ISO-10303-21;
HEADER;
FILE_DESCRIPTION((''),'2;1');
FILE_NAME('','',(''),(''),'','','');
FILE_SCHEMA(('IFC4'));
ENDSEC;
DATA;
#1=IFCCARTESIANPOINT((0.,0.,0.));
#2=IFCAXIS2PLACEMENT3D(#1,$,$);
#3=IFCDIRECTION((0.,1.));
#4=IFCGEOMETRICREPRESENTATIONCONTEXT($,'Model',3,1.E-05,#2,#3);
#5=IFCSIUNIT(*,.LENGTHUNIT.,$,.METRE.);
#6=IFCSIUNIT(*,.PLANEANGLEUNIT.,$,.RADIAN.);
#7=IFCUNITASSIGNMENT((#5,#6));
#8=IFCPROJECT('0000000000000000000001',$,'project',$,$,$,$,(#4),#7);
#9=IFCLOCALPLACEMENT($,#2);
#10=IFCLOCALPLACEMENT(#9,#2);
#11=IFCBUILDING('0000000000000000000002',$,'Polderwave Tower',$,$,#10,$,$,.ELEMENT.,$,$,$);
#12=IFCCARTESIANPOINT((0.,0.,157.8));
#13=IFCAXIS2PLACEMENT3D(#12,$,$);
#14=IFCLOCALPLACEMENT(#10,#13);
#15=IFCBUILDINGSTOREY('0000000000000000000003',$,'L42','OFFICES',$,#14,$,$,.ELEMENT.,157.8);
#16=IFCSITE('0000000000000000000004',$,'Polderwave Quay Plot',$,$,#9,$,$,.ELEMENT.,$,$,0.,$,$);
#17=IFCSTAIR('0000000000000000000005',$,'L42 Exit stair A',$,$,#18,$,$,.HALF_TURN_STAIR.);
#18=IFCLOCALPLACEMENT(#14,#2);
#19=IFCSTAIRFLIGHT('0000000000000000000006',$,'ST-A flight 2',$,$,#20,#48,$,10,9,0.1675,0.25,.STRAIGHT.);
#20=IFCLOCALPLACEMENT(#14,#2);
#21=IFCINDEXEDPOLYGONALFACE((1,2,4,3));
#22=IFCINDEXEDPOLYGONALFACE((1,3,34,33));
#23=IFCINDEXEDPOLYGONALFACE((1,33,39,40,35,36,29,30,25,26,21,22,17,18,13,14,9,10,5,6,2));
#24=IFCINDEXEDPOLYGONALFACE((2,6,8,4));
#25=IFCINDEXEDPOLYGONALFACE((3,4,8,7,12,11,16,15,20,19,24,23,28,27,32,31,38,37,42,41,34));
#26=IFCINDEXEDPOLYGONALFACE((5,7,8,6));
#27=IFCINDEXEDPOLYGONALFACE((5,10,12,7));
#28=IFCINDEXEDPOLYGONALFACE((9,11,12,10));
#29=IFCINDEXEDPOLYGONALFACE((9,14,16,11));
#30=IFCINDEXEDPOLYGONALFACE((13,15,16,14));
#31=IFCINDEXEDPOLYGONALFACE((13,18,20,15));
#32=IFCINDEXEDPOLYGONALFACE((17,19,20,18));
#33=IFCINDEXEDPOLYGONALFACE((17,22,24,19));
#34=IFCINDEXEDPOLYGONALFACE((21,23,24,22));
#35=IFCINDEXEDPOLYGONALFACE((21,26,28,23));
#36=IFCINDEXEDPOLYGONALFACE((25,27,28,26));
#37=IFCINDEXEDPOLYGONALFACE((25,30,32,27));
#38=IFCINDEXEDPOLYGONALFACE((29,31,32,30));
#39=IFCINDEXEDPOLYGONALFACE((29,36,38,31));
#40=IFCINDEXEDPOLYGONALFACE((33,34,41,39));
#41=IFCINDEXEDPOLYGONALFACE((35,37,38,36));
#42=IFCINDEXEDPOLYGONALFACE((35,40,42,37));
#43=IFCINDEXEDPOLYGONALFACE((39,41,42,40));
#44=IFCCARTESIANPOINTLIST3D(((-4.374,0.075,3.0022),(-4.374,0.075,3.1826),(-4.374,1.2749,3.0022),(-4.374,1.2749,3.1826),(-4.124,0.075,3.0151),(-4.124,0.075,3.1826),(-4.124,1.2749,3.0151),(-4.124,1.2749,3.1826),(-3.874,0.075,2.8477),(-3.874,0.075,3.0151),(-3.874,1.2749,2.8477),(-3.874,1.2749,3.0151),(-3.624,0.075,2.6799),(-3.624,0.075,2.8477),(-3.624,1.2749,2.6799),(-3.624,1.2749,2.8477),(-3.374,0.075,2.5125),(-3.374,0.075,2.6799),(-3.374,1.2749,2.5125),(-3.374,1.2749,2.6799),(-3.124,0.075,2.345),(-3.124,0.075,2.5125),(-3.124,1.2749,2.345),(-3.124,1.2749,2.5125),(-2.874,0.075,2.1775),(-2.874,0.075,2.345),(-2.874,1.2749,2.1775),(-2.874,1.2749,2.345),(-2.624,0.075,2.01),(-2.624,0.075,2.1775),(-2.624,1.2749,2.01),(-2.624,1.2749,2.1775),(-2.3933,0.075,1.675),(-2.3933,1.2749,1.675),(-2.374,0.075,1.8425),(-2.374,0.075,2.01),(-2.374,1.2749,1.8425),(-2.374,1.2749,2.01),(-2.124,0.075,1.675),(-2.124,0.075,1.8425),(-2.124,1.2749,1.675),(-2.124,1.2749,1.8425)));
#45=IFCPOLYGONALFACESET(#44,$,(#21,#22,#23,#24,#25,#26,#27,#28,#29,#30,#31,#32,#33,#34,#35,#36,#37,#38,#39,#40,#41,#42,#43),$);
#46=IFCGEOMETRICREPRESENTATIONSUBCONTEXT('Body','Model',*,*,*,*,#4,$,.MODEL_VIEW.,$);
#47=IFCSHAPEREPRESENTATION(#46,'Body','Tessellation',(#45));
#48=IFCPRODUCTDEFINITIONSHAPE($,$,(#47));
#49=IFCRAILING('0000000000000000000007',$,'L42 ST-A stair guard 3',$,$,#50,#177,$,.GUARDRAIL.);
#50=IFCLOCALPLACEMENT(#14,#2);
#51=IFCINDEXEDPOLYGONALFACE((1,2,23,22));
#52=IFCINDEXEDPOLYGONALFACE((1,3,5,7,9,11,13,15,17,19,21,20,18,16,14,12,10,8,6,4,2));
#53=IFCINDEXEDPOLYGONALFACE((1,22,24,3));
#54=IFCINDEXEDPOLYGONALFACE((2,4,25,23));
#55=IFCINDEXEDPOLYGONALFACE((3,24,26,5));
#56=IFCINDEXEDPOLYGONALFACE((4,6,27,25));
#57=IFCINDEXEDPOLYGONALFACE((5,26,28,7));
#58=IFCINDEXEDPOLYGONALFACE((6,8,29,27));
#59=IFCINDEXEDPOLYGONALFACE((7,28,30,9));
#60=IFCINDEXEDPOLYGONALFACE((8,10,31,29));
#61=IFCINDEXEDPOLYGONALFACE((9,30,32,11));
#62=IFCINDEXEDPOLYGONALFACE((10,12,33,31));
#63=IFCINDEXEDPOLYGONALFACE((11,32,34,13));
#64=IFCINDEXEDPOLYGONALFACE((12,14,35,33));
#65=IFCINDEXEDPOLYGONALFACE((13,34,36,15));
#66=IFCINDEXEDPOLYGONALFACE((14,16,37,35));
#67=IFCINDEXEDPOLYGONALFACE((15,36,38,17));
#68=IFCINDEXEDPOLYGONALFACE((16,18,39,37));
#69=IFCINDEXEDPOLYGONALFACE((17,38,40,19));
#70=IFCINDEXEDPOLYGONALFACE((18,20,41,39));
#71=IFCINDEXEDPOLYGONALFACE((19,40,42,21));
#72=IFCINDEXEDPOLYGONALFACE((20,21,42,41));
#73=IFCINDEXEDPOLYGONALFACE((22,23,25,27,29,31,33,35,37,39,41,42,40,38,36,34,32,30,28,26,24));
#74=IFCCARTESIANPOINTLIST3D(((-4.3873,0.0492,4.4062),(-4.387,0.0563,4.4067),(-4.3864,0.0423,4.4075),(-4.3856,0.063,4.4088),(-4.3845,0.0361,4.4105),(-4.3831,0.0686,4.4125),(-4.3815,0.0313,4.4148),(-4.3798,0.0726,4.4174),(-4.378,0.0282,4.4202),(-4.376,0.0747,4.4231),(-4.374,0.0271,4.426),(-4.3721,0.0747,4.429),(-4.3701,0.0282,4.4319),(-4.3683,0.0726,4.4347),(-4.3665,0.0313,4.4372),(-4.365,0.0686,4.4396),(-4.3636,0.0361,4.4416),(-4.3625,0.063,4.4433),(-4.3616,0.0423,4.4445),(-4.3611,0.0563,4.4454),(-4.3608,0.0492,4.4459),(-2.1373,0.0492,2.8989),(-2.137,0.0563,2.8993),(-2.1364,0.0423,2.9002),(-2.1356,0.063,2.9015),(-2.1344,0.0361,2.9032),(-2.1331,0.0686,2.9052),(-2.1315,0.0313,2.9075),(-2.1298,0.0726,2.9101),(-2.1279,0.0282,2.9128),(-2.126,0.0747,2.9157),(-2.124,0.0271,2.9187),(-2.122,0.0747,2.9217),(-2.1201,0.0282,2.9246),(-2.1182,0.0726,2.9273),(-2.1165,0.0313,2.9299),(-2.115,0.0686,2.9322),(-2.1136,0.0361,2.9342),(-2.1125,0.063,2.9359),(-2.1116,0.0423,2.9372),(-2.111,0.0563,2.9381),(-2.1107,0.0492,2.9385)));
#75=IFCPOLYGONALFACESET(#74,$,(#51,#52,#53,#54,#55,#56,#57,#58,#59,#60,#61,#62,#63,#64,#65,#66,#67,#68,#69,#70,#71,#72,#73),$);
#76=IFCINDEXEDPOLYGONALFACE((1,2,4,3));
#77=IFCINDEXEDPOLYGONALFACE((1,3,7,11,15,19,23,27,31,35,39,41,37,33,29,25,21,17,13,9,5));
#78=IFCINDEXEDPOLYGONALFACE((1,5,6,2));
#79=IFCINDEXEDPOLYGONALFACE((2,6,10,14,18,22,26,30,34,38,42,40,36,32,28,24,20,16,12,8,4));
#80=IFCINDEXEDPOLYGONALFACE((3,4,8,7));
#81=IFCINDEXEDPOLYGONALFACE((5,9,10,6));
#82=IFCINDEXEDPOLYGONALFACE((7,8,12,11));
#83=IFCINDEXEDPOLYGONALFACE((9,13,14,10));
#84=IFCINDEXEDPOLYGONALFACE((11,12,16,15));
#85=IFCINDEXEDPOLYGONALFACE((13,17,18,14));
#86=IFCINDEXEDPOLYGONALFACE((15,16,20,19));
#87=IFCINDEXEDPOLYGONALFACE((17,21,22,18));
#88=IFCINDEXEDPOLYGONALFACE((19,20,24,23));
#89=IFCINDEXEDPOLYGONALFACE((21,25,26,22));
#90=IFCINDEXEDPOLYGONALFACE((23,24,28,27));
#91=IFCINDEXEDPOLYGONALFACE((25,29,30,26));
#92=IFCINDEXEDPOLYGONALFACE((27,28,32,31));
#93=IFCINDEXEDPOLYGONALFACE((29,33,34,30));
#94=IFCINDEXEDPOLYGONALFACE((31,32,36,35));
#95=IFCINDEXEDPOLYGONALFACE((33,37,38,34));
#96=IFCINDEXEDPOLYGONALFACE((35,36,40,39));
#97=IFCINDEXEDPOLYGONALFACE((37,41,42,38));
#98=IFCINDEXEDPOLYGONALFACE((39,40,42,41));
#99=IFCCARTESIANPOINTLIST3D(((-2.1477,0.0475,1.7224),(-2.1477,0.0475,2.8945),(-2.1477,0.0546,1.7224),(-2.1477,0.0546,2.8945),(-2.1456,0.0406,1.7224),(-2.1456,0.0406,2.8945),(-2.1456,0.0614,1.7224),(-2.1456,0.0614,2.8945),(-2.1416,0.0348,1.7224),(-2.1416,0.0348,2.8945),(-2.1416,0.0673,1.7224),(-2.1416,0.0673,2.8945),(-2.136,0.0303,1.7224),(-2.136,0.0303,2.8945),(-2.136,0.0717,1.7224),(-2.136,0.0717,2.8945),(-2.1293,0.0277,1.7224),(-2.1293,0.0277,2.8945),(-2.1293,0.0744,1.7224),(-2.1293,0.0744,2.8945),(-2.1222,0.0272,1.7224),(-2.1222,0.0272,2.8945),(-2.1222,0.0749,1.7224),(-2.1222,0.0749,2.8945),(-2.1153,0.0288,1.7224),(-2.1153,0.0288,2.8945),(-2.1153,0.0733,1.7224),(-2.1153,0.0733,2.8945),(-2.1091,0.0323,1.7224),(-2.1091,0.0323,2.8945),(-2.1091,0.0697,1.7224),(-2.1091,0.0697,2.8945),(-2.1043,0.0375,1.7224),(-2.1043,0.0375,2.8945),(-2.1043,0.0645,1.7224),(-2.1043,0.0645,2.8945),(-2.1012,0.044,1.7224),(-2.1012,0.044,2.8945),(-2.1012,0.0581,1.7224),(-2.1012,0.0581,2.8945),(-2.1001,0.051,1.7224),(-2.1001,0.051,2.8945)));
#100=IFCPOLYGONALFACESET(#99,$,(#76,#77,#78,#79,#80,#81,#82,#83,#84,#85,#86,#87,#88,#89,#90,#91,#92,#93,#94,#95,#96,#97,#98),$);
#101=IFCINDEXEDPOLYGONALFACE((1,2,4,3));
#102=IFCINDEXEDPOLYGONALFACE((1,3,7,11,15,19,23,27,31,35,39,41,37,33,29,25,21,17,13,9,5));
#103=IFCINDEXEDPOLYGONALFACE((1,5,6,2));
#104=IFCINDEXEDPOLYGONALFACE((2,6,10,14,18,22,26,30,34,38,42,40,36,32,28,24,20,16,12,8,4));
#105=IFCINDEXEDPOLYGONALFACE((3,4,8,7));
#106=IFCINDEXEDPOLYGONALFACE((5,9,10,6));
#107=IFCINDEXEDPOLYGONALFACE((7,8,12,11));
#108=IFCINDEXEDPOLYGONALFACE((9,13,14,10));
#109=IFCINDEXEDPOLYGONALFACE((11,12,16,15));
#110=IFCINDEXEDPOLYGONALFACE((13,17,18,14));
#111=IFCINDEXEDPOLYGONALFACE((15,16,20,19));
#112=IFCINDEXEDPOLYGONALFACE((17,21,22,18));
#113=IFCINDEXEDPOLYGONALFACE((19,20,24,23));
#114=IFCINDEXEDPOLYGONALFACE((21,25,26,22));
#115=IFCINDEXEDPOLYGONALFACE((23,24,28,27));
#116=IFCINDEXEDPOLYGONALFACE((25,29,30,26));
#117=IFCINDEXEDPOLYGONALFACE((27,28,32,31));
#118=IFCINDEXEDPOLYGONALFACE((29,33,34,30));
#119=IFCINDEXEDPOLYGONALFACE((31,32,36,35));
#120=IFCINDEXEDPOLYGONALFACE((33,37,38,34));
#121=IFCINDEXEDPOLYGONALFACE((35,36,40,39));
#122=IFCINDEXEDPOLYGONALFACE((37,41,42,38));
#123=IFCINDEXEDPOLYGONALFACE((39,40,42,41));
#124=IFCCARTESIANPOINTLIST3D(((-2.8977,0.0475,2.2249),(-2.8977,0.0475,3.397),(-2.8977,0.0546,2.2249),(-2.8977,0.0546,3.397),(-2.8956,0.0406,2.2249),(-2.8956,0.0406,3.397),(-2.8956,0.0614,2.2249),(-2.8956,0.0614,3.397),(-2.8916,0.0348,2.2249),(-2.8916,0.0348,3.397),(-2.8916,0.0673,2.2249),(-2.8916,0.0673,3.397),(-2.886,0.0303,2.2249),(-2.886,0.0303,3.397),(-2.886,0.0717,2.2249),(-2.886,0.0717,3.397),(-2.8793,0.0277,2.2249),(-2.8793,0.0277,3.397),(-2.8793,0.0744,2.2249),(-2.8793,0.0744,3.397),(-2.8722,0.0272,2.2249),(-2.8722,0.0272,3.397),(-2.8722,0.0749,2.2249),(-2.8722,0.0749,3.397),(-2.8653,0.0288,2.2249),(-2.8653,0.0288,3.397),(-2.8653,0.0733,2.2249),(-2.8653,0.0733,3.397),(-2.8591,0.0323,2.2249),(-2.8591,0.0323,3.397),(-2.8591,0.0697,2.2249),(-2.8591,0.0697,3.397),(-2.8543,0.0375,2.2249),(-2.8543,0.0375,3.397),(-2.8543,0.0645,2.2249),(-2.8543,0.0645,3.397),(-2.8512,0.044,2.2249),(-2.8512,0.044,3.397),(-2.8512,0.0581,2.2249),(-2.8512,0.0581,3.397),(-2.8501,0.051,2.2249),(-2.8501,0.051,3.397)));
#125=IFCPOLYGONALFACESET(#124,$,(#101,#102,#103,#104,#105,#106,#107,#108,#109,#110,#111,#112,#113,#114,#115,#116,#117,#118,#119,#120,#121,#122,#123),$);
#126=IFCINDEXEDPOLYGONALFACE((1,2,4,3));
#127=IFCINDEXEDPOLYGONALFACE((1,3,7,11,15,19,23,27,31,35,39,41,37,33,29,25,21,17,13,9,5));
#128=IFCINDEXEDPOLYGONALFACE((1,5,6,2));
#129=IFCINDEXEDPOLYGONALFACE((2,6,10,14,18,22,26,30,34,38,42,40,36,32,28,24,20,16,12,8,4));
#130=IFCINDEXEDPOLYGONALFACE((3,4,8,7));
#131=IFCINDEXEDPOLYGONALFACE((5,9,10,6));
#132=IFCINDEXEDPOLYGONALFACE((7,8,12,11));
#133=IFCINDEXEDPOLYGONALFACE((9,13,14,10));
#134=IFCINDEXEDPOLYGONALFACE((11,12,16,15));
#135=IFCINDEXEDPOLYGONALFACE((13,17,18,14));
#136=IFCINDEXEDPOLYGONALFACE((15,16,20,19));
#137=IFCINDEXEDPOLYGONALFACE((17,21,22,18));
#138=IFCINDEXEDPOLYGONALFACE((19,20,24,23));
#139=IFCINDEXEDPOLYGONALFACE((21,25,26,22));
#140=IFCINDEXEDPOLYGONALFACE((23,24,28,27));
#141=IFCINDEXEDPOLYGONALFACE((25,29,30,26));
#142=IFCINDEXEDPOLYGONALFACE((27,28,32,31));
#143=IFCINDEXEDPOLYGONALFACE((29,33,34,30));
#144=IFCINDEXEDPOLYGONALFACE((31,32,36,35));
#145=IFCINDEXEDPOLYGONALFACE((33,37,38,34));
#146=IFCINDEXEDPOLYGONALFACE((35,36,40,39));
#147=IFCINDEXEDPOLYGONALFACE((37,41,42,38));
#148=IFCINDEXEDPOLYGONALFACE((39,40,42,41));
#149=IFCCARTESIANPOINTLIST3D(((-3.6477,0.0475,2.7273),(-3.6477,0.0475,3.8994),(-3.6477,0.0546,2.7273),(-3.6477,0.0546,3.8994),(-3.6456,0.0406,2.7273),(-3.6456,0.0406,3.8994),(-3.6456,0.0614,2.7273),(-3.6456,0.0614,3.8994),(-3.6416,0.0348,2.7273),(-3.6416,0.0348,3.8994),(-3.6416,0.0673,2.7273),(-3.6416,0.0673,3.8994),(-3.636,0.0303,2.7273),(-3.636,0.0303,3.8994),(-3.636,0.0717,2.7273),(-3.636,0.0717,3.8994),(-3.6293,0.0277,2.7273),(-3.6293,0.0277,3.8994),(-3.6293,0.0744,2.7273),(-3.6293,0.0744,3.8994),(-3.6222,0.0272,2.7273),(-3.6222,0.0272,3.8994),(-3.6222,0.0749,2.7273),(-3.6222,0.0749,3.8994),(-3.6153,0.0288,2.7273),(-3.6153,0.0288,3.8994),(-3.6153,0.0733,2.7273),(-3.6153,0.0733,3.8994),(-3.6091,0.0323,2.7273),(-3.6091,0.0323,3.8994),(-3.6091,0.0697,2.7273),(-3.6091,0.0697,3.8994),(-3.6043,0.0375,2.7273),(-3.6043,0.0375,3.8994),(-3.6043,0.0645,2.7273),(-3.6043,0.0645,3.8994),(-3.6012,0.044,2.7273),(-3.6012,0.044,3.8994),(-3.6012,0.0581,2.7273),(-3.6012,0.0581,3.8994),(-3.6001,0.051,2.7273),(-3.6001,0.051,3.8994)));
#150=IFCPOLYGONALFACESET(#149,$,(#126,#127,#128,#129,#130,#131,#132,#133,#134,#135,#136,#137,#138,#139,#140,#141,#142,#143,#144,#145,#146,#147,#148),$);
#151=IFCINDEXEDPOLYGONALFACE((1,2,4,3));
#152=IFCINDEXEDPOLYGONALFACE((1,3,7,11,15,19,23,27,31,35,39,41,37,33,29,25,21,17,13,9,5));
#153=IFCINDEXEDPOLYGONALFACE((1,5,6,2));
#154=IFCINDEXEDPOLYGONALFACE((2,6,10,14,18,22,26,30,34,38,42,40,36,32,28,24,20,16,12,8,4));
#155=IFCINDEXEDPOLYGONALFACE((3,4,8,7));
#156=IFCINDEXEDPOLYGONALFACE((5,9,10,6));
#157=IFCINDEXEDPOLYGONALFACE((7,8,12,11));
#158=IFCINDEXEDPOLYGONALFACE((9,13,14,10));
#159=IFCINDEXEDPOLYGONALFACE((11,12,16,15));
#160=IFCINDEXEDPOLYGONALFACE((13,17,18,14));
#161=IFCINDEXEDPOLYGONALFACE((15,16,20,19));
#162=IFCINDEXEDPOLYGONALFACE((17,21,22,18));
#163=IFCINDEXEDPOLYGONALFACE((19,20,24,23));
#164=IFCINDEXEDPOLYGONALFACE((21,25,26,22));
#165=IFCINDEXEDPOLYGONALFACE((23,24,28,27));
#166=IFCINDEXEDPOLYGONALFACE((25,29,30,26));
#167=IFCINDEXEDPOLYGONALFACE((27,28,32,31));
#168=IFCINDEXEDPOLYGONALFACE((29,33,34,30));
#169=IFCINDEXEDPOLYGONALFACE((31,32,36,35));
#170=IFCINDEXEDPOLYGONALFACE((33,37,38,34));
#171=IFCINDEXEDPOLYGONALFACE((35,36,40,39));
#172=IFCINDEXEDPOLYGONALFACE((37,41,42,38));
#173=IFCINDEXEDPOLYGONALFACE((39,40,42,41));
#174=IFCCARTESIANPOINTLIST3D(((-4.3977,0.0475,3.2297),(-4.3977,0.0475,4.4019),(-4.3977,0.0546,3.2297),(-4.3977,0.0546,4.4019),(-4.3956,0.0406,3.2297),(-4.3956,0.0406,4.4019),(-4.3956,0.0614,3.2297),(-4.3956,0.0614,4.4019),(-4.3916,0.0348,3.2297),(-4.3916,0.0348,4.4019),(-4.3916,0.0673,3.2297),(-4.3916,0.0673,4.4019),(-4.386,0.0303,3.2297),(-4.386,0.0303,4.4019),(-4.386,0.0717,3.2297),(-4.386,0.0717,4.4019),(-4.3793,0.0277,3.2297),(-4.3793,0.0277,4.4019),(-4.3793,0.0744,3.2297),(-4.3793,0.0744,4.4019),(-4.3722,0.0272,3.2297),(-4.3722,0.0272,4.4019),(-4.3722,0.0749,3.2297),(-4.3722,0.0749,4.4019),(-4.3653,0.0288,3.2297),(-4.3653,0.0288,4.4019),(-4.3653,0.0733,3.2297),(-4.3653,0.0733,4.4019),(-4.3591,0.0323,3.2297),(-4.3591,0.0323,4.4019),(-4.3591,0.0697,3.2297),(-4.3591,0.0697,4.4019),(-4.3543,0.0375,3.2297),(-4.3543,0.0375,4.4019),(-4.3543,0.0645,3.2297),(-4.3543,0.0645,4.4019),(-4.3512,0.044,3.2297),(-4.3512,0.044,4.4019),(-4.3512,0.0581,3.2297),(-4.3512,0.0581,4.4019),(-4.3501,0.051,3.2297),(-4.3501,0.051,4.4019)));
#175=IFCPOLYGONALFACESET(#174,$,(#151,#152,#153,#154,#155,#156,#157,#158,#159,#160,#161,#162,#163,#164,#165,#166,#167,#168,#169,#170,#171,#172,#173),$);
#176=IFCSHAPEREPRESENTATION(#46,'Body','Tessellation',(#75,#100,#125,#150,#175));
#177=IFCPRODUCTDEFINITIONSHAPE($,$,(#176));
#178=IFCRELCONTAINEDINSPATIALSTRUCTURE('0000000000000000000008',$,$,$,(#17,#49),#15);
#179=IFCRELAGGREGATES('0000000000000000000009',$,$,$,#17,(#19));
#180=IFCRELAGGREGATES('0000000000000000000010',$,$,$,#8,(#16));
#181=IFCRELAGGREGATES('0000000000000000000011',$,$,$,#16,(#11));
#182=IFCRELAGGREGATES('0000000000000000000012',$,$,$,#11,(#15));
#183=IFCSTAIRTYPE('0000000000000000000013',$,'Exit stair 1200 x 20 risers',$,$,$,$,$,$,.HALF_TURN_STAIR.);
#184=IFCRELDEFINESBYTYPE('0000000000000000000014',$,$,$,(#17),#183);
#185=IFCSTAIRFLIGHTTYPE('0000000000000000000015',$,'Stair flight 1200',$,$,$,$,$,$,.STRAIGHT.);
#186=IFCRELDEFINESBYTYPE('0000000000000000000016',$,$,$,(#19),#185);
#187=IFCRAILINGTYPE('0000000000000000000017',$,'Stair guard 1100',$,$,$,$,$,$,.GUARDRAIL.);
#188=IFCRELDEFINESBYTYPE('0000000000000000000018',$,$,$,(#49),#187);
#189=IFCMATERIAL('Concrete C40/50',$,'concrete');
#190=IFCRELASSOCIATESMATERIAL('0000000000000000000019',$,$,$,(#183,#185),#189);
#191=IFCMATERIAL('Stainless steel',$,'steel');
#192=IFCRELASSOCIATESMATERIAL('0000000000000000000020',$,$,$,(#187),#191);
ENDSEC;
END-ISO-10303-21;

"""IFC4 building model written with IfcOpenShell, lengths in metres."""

from ifc_helpers import new_model, si_unit, direction, frame, origin, origin_2d, place, context, subcontext, project, spatial, polyline, circle, outline, extrude, material, type_object, element, aggregate, save


model = new_model("IFC4")

# Units and contexts
model_context = context("Model", 3, precision=1e-05, world=origin(), true_north=direction((0.0, 1.0)))
body_context = subcontext(model_context, "Body", "Model", "MODEL_VIEW")
ifc_project = project(units=[si_unit("LENGTHUNIT", "METRE"), si_unit("PLANEANGLEUNIT", "RADIAN")], contexts=[model_context])

# Site, building, storey
site_placement = place(None, origin())
site = spatial("IfcSite", under=ifc_project, at=site_placement, Name="Polderwave Quay Plot", CompositionType="ELEMENT", RefElevation=0.0)
building_placement = place(site_placement, origin())
building = spatial("IfcBuilding", under=site, at=building_placement, Name="Polderwave Tower", CompositionType="ELEMENT")
storey_placement = place(building_placement, frame((0.0, 0.0, 157.8)))
storey = spatial("IfcBuildingStorey", under=building, at=storey_placement, Name="L42", Description="OFFICES", CompositionType="ELEMENT", Elevation=157.8)

# Shared definitions
ifc_material_1 = material(Name="Concrete C40/50", Category="concrete")

# Stair
stair_type = type_object("IfcStairType", Name="Exit stair 1200 x 20 risers", PredefinedType="HALF_TURN_STAIR", material=ifc_material_1)
stair_1_placement = place(storey_placement, origin())
stair_1 = element("IfcStair", 1, at=stair_1_placement, inside=storey, type_object=stair_type, Name="L42 Exit stair A", PredefinedType="HALF_TURN_STAIR")

# Shared definitions
ifc_material_2 = material(Name="Stainless steel", Category="steel")

# Stair flight
stair_flight_type = type_object("IfcStairFlightType", Name="Stair flight 1200", PredefinedType="STRAIGHT", material=ifc_material_1)
stair_flight_placement = place(storey_placement, frame((-2.124, 0.675, 1.675), z_axis=(0.0, 0.0, 1.0), x_axis=(-1.0, 0.0, 0.0)))
stair_flight = element("IfcStairFlight", 2, at=stair_flight_placement, type_object=stair_flight_type, Name="ST-A flight 2", NumberOfRisers=10, NumberOfTreads=9, PredefinedType="STRAIGHT", RiserHeight=0.1675, TreadLength=0.25, context=body_context, shape_type="SweptSolid", body=[
    extrude(outline(polyline([(0.0, 0.0), (0.0, 0.1675), (0.25, 0.1675), (0.25, 0.335), (0.5, 0.335), (0.5, 0.5024), (0.75, 0.5024), (0.75, 0.6699), (1.0, 0.6699), (1.0, 0.8374), (1.25, 0.8374), (1.25, 1.0049), (1.5, 1.0049), (1.5, 1.1726), (1.75, 1.1726), (1.75, 1.3401), (2.0, 1.3401), (2.0, 1.5076), (2.25, 1.5076), (2.25, 1.675), (2.25, 1.3271), (0.2693, 0.0), (0.0, 0.0)])), frame((0.0, 0.6001, 0.0), z_axis=(0.0, -1.0, 0.0), x_axis=(1.0, 0.0, 0.0)), (0.0, 0.0, 1.0), 1.2),
])
aggregate(stair_1, [stair_flight])

# Railing
railing_type_1 = type_object("IfcRailingType", Name="Stair guard 1100", PredefinedType="GUARDRAIL", material=ifc_material_2)
railing_1_placement = place(storey_placement, frame((-2.124, 0.051, 1.7224)))
element("IfcRailing", 3, at=railing_1_placement, inside=storey, type_object=railing_type_1, Name="L42 ST-A stair guard 3", PredefinedType="GUARDRAIL", context=body_context, shape_type="SweptSolid", body=[
    extrude(circle(Radius=0.0239, at=origin_2d()), frame((0.0, 0.0, 1.1963), z_axis=(-0.8308, 0.0, 0.556571), x_axis=(0.0, -1.0, 0.0)), (0.0, 0.0, 1.0), 2.7083),
    extrude(circle(Radius=0.0239, at=origin_2d()), origin(), (0.0, 0.0, 1.0), 1.1721),
    extrude(circle(Radius=0.0239, at=origin_2d()), frame((-0.75, 0.0, 0.5024)), (0.0, 0.0, 1.0), 1.1721),
    extrude(circle(Radius=0.0239, at=origin_2d()), frame((-1.5, 0.0, 1.0049)), (0.0, 0.0, 1.0), 1.1721),
    extrude(circle(Radius=0.0239, at=origin_2d()), frame((-2.25, 0.0, 1.5073)), (0.0, 0.0, 1.0), 1.1721),
])

save(model, "model.ifc")
